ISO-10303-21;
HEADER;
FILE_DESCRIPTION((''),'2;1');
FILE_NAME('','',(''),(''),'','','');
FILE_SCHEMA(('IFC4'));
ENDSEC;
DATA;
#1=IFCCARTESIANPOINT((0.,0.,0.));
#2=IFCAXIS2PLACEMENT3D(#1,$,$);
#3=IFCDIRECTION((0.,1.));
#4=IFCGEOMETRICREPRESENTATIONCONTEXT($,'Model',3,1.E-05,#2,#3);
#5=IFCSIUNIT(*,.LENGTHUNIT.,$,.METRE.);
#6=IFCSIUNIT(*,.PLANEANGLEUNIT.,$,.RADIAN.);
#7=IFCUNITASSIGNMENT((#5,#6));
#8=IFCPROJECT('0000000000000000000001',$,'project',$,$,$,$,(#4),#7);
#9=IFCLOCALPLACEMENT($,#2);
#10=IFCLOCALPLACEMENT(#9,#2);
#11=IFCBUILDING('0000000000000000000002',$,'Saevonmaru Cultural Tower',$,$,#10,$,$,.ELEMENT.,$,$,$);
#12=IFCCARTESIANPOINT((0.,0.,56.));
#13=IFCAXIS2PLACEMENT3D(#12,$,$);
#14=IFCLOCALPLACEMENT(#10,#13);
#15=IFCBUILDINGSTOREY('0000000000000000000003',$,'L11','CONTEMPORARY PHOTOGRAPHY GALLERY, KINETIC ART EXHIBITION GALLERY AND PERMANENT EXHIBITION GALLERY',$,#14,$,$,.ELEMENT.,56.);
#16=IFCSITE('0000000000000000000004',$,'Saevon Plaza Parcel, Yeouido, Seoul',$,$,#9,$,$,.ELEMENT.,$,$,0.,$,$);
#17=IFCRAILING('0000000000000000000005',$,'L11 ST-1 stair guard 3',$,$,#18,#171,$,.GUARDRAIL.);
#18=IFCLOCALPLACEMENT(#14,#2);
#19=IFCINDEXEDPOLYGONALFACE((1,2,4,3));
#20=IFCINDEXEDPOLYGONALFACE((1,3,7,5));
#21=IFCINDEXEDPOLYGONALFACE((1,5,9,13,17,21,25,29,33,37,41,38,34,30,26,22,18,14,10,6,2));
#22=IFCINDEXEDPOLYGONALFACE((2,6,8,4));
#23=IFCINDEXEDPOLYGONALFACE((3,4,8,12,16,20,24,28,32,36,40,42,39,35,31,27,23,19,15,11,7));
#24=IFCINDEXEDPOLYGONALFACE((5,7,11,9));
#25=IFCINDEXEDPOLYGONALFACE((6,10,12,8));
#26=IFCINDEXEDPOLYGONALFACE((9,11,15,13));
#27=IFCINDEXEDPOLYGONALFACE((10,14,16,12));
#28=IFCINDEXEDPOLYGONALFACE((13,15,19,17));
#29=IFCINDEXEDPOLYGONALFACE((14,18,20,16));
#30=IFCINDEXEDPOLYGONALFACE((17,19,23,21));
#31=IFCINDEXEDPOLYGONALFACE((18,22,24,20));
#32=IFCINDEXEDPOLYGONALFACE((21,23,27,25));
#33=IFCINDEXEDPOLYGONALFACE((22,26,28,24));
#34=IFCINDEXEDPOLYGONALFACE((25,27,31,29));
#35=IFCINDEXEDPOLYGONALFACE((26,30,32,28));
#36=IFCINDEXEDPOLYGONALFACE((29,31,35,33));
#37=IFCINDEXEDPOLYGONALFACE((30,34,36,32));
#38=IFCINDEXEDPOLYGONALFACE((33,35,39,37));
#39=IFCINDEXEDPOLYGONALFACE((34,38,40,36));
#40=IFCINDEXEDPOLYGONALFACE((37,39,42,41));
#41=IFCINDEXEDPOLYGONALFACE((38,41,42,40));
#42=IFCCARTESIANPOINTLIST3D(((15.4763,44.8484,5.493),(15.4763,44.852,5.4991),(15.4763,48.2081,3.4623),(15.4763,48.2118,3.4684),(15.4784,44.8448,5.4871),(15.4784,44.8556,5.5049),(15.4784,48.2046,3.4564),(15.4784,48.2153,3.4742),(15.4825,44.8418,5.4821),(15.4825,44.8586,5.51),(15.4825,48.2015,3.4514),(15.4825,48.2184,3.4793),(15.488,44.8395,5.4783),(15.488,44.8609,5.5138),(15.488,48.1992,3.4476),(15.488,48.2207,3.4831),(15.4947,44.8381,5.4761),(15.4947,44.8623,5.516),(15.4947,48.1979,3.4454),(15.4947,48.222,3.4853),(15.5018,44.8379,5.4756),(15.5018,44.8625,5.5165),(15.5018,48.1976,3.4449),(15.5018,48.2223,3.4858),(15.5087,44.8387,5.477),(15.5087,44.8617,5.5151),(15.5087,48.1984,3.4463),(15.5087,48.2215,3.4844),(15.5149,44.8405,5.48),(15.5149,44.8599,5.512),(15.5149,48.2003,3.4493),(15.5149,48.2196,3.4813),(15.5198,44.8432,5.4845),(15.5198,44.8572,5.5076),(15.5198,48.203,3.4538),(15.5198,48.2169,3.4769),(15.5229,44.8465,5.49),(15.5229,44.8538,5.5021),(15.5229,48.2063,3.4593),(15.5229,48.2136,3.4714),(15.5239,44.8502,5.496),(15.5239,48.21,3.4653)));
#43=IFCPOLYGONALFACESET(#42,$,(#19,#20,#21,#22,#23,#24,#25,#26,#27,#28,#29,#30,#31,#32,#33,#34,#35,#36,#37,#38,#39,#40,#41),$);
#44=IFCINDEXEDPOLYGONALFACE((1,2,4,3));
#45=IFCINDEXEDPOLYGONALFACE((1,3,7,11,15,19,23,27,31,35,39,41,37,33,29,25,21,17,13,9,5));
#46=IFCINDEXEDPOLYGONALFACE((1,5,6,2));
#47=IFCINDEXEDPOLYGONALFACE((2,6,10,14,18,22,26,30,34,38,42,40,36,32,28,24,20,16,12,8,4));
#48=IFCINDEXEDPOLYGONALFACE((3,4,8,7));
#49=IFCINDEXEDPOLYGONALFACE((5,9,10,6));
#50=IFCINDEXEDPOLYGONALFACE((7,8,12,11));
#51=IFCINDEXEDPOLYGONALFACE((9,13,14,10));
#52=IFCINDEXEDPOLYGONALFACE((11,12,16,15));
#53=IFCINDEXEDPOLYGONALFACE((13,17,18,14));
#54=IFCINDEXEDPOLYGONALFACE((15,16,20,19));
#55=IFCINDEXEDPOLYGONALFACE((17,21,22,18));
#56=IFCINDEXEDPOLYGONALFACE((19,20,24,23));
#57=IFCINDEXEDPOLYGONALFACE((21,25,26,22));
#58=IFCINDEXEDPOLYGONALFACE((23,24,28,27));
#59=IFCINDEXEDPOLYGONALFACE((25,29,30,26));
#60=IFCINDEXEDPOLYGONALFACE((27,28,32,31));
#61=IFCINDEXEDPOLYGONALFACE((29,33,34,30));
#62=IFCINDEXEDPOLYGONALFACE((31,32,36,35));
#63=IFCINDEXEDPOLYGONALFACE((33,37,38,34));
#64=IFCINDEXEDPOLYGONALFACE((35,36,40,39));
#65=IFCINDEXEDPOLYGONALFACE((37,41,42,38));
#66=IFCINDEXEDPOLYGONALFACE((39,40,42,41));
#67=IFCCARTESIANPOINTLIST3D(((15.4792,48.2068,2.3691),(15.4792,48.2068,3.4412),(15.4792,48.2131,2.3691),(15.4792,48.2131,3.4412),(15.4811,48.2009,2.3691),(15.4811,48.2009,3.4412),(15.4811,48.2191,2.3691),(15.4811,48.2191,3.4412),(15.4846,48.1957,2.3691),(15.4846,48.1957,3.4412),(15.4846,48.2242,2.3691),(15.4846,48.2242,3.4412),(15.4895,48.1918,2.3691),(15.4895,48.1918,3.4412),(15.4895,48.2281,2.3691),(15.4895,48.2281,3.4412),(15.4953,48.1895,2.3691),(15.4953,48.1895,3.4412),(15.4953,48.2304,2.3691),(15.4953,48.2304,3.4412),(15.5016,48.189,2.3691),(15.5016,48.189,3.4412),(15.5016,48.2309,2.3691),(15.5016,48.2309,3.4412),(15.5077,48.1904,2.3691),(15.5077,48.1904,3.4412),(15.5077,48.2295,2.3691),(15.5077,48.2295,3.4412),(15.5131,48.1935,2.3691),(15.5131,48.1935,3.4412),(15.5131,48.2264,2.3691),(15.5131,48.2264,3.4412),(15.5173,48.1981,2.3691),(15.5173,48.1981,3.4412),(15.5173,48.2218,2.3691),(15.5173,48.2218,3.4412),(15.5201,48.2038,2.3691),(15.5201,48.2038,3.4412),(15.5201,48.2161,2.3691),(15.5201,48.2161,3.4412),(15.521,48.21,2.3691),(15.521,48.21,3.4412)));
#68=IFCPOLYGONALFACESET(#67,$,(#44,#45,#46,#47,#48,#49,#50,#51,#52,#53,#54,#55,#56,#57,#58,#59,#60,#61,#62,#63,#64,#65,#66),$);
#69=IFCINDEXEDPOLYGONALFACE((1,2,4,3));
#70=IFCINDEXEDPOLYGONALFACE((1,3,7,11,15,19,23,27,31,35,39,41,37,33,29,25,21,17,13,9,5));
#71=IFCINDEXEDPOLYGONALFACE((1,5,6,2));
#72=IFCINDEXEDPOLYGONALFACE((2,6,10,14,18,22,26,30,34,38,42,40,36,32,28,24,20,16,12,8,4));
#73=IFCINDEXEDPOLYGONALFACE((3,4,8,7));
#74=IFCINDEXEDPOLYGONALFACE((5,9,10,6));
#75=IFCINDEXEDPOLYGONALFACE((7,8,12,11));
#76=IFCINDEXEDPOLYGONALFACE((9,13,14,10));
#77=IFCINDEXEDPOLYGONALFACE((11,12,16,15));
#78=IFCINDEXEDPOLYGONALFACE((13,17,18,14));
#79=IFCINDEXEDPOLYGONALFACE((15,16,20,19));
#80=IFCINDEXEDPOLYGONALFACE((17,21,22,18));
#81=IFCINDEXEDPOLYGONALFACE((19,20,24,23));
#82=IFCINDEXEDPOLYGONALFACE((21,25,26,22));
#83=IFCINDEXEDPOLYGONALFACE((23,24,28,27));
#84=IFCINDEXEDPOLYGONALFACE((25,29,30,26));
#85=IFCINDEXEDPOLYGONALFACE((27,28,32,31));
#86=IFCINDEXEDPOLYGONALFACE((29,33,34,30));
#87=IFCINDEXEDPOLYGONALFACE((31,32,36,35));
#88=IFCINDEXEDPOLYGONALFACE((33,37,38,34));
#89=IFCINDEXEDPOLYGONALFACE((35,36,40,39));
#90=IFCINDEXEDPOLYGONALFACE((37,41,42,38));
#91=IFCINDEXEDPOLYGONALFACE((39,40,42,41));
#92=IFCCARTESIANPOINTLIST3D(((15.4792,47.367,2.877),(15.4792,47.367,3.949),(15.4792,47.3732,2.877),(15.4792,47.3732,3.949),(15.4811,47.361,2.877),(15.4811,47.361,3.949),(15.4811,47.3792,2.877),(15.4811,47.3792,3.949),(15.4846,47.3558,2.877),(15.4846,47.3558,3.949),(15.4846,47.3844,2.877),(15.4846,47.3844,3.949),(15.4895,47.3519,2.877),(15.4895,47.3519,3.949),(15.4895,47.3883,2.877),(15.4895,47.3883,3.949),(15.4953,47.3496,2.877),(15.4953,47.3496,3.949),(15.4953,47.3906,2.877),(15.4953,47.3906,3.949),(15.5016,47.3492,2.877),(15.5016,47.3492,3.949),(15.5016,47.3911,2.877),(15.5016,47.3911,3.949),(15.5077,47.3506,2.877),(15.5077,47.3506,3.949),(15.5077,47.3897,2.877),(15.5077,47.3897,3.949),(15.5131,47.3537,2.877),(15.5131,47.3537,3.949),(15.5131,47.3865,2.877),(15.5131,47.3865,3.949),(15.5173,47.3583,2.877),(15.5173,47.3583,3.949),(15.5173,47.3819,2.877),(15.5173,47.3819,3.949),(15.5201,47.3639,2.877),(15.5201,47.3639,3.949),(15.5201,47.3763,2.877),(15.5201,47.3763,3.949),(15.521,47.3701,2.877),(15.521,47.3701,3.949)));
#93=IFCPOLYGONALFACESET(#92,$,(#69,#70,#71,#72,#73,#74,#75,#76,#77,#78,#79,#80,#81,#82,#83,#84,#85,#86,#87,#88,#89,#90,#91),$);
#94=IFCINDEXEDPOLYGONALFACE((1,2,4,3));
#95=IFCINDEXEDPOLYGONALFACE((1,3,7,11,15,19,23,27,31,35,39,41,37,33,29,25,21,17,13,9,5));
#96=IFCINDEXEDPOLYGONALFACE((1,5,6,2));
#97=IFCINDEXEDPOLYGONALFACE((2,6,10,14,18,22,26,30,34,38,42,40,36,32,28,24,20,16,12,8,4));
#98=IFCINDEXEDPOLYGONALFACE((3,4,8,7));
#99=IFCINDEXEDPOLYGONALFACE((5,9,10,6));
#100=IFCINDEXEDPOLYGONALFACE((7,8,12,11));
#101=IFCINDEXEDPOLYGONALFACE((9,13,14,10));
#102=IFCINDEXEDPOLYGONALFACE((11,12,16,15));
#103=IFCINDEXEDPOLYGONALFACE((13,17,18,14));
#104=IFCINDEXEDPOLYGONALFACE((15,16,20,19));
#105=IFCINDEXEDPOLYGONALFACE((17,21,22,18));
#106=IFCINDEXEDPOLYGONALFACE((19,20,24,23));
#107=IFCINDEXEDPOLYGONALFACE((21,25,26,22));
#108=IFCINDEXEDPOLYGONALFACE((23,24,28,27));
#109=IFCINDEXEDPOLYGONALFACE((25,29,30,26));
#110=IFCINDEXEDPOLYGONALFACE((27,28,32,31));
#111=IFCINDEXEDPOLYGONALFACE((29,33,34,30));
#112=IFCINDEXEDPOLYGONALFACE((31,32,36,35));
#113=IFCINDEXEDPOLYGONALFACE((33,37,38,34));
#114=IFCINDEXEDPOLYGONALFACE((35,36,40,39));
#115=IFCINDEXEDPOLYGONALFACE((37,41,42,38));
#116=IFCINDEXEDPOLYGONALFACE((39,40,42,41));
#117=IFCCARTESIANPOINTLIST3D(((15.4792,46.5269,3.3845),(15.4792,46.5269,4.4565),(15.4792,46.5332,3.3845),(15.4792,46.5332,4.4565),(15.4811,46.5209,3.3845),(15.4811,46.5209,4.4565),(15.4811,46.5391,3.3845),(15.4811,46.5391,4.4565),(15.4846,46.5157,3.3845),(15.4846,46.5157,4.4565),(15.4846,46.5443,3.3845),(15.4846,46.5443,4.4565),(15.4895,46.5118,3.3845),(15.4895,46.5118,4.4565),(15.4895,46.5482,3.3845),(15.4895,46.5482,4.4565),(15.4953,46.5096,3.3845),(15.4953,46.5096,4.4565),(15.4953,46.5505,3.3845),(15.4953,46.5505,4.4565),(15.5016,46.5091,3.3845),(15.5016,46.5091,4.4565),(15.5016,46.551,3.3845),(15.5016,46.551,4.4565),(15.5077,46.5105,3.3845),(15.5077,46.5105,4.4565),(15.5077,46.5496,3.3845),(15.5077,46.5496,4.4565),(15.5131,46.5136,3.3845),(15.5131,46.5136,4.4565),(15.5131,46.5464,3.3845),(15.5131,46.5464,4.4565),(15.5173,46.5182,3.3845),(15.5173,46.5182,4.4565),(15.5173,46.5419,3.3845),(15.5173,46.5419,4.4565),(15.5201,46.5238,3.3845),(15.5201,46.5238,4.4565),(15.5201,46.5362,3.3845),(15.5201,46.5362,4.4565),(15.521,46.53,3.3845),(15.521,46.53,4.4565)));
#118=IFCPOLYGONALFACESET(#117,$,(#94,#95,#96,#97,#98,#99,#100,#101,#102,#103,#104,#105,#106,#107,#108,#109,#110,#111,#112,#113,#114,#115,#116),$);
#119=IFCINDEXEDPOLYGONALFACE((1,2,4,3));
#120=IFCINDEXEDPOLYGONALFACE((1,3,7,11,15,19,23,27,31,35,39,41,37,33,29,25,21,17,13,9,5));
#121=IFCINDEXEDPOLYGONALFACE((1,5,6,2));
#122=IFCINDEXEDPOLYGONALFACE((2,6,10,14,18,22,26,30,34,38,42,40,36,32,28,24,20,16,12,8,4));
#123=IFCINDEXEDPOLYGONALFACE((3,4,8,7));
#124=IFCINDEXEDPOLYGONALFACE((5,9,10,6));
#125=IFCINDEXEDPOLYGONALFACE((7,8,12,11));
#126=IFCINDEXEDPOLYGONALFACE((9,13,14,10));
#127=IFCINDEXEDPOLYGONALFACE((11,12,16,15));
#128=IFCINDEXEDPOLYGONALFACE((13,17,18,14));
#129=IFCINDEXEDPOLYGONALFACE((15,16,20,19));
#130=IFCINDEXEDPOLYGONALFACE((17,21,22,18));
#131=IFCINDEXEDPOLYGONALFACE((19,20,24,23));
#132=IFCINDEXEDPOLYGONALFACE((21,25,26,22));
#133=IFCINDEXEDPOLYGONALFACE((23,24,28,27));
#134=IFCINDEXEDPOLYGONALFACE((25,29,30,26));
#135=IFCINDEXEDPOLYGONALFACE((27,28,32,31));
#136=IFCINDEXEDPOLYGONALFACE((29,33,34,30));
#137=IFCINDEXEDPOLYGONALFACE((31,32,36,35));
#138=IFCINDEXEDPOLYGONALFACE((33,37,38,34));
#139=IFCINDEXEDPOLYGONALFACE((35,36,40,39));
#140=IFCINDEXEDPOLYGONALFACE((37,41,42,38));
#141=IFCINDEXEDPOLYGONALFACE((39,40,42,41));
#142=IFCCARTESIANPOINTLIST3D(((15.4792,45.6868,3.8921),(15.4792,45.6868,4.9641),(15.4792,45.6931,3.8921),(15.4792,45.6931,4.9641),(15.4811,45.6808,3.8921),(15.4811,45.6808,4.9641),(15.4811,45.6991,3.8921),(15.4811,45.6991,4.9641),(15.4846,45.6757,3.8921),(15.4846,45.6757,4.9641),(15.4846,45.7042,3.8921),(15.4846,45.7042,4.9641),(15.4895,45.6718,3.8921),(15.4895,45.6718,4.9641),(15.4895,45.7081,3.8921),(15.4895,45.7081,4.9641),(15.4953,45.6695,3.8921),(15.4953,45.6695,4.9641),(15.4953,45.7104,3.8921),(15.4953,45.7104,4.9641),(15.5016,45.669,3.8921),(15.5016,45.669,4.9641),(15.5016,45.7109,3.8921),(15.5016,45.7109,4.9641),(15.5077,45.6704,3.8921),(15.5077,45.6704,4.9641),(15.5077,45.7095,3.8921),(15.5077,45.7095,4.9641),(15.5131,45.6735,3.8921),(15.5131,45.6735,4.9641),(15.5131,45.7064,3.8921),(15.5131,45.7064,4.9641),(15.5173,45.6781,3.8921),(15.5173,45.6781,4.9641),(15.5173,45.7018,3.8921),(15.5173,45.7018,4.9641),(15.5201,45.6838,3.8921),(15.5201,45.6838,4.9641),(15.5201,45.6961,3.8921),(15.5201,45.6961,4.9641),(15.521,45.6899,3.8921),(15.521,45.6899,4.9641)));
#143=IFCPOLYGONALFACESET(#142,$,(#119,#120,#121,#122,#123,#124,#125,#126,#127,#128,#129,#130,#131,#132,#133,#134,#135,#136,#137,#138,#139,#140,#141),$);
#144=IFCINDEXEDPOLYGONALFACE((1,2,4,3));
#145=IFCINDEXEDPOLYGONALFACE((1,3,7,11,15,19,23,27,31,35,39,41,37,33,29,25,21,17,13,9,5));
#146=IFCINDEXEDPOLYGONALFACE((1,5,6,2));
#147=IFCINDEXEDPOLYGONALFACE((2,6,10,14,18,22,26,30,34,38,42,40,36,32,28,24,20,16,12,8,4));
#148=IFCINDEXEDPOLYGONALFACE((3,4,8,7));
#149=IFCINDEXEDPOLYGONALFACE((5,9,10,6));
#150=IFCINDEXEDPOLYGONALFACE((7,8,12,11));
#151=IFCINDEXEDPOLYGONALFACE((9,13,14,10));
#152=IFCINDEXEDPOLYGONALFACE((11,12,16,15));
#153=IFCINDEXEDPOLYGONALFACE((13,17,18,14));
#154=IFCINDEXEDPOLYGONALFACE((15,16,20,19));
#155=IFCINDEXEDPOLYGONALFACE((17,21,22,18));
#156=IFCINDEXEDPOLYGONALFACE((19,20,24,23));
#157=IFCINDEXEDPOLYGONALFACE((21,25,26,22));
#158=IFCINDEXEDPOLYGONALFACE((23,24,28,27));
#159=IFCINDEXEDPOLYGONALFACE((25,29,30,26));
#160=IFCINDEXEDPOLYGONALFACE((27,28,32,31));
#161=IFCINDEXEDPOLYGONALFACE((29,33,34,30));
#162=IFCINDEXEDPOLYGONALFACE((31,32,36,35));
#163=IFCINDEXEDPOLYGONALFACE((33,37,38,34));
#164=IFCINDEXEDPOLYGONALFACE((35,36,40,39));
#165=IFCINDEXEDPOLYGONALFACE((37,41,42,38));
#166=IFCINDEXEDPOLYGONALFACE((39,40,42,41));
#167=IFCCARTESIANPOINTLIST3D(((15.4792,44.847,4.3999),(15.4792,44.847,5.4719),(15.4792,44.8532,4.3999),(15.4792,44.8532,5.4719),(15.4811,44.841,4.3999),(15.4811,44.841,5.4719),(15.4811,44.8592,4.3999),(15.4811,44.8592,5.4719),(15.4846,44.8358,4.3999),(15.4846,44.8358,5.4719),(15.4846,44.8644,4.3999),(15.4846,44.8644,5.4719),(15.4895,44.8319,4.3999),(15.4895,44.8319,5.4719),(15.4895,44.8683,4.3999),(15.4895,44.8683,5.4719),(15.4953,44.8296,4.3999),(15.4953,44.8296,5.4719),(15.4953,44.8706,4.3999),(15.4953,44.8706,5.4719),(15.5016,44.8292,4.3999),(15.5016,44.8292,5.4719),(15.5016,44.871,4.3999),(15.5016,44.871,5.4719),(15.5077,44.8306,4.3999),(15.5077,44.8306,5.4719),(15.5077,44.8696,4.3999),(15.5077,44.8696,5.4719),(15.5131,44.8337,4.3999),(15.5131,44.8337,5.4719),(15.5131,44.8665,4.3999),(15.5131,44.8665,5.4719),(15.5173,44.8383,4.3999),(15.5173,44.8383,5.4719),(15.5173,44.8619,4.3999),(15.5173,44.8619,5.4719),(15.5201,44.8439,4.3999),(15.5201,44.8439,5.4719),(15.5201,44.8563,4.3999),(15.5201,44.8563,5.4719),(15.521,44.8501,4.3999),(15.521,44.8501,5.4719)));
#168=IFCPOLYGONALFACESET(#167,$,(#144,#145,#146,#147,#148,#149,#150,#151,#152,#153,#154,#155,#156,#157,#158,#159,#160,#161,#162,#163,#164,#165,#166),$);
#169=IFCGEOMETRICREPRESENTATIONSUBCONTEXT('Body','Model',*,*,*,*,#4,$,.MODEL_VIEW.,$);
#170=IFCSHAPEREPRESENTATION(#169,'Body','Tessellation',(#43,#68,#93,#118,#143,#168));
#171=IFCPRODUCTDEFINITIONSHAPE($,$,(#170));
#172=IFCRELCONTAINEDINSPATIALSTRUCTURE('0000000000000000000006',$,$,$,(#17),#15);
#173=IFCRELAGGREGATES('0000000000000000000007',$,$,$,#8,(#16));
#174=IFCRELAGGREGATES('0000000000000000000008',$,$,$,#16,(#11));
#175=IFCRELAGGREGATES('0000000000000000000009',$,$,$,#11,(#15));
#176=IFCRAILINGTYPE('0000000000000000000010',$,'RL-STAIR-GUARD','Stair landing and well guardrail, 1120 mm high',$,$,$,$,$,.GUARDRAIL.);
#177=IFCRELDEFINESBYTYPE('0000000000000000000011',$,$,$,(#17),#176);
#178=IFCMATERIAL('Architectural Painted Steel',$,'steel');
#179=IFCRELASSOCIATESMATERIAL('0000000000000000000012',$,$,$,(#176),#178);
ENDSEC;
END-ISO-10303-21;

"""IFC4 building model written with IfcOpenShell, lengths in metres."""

from ifc_helpers import new_model, si_unit, direction, frame, origin, origin_2d, place, context, subcontext, project, spatial, circle, extrude, material, type_object, element, save


model = new_model("IFC4")

# Units and contexts
model_context = context("Model", 3, precision=1e-05, world=origin(), true_north=direction((0.0, 1.0)))
body_context = subcontext(model_context, "Body", "Model", "MODEL_VIEW")
ifc_project = project(units=[si_unit("LENGTHUNIT", "METRE"), si_unit("PLANEANGLEUNIT", "RADIAN")], contexts=[model_context])

# Site, building, storey
site_placement = place(None, origin())
site = spatial("IfcSite", under=ifc_project, at=site_placement, Name="Saevon Plaza Parcel, Yeouido, Seoul", CompositionType="ELEMENT", RefElevation=0.0)
building_placement = place(site_placement, origin())
building = spatial("IfcBuilding", under=site, at=building_placement, Name="Saevonmaru Cultural Tower", CompositionType="ELEMENT")
storey_placement = place(building_placement, frame((0.0, 0.0, 56.0)))
storey = spatial("IfcBuildingStorey", under=building, at=storey_placement, Name="L11", Description="CONTEMPORARY PHOTOGRAPHY GALLERY, KINETIC ART EXHIBITION GALLERY AND PERMANENT EXHIBITION GALLERY", CompositionType="ELEMENT", Elevation=56.0)

# Railing
ifc_material_1 = material(Name="Architectural Painted Steel", Category="steel")
railing_type = type_object("IfcRailingType", Name="RL-STAIR-GUARD", Description="Stair landing and well guardrail, 1120 mm high", PredefinedType="GUARDRAIL", material=ifc_material_1)
railing_1_placement = place(storey_placement, frame((15.5, 48.21, 2.3691)))
element("IfcRailing", 1, at=railing_1_placement, inside=storey, type_object=railing_type, Name="L11 ST-1 stair guard 3", PredefinedType="GUARDRAIL", context=body_context, shape_type="SweptSolid", body=[
    extrude(circle(Radius=0.0239, at=origin_2d()), frame((0.0, 0.0, 1.0962), z_axis=(0.0, -0.85582, 0.517273), x_axis=(1.0, 0.0, 0.0)), (0.0, 0.0, 1.0), 3.9258),
    extrude(circle(Radius=0.021, at=origin_2d()), origin(), (0.0, 0.0, 1.0), 1.072),
    extrude(circle(Radius=0.021, at=origin_2d()), frame((0.0, -0.8398, 0.5078)), (0.0, 0.0, 1.0), 1.072),
    extrude(circle(Radius=0.021, at=origin_2d()), frame((0.0, -1.6799, 1.0154)), (0.0, 0.0, 1.0), 1.072),
    extrude(circle(Radius=0.021, at=origin_2d()), frame((0.0, -2.52, 1.5229)), (0.0, 0.0, 1.0), 1.072),
    extrude(circle(Radius=0.021, at=origin_2d()), frame((0.0, -3.3599, 2.0308)), (0.0, 0.0, 1.0), 1.072),
])

save(model, "model.ifc")
